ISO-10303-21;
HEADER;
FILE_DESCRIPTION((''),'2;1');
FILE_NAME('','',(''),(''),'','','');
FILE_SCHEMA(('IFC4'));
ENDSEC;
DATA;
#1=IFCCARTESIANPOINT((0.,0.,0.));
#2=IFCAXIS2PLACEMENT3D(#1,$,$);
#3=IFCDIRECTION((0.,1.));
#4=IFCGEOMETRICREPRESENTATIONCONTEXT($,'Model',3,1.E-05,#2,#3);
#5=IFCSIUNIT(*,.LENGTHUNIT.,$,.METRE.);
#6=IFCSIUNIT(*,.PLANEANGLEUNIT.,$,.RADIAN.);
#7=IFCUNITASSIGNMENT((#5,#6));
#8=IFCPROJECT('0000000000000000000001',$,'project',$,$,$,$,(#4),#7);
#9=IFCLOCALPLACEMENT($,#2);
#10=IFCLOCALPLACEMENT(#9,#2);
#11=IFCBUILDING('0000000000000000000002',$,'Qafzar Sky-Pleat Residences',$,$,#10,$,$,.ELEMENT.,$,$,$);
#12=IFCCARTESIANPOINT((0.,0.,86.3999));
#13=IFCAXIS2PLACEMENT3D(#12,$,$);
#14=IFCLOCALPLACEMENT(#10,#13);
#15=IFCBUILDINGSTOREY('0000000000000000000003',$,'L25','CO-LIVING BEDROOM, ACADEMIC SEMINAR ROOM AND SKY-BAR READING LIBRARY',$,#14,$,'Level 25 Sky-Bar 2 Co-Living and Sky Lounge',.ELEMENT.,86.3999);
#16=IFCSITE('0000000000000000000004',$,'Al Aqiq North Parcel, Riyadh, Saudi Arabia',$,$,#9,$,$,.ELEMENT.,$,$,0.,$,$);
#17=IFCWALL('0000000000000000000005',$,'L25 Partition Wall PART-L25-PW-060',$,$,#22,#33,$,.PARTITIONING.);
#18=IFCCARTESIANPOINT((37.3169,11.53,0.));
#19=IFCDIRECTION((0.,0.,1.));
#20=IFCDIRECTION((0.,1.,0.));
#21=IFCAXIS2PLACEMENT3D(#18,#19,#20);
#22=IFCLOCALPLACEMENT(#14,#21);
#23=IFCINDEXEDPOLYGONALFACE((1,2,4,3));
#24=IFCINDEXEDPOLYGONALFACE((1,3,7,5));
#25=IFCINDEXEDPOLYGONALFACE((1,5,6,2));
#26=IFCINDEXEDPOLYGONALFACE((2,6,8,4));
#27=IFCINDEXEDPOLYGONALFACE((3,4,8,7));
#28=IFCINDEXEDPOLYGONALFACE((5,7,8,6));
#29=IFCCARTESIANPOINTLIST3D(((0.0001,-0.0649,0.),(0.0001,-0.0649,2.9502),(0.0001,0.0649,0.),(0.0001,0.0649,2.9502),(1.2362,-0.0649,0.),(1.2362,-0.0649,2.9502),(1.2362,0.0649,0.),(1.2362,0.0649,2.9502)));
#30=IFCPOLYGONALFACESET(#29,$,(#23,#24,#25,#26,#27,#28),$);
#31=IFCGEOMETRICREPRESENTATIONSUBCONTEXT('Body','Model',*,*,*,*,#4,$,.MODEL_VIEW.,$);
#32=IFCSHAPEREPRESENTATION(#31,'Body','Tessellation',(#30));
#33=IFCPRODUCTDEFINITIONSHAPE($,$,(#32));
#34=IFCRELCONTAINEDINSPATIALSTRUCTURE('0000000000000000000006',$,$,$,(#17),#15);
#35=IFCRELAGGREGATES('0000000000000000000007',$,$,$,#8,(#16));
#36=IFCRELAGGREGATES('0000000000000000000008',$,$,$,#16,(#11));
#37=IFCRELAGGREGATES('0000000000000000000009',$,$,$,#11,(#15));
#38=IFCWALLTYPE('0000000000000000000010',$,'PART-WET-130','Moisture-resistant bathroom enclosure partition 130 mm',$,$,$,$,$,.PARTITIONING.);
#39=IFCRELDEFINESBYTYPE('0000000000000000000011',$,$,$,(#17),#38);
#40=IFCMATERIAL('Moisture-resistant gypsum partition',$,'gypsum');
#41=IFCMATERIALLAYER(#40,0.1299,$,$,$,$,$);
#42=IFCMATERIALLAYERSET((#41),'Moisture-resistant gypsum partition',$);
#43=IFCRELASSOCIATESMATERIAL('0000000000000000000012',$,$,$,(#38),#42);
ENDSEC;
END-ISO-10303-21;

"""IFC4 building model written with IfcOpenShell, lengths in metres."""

from ifc_helpers import new_model, si_unit, direction, frame, frame_2d, origin, place, context, subcontext, project, spatial, rectangle, extrude, material, layer, layer_set, type_object, element, save


model = new_model("IFC4")

# Units and contexts
model_context = context("Model", 3, precision=1e-05, world=origin(), true_north=direction((0.0, 1.0)))
body_context = subcontext(model_context, "Body", "Model", "MODEL_VIEW")
ifc_project = project(units=[si_unit("LENGTHUNIT", "METRE"), si_unit("PLANEANGLEUNIT", "RADIAN")], contexts=[model_context])

# Site, building, storey
site_placement = place(None, origin())
site = spatial("IfcSite", under=ifc_project, at=site_placement, Name="Al Aqiq North Parcel, Riyadh, Saudi Arabia", CompositionType="ELEMENT", RefElevation=0.0)
building_placement = place(site_placement, origin())
building = spatial("IfcBuilding", under=site, at=building_placement, Name="Qafzar Sky-Pleat Residences", CompositionType="ELEMENT")
storey_placement = place(building_placement, frame((0.0, 0.0, 86.3999)))
storey = spatial("IfcBuildingStorey", under=building, at=storey_placement, Name="L25", Description="CO-LIVING BEDROOM, ACADEMIC SEMINAR ROOM AND SKY-BAR READING LIBRARY", LongName="Level 25 Sky-Bar 2 Co-Living and Sky Lounge", CompositionType="ELEMENT", Elevation=86.3999)

# Shared definitions
ifc_material_1 = material(Name="Moisture-resistant gypsum partition", Category="gypsum")
ifc_layer_1 = layer(ifc_material_1, 0.1299)
ifc_layer_set_1 = layer_set([ifc_layer_1], Name="Moisture-resistant gypsum partition")
wall_type_1 = type_object("IfcWallType", Name="PART-WET-130", Description="Moisture-resistant bathroom enclosure partition 130 mm", PredefinedType="PARTITIONING", material=ifc_layer_set_1)

# Wall
wall_1_placement = place(storey_placement, frame((37.3169, 11.53, 0.0), z_axis=(0.0, 0.0, 1.0), x_axis=(0.0, 1.0, 0.0)))
element("IfcWall", 1, at=wall_1_placement, inside=storey, type_object=wall_type_1, Name="L25 Partition Wall PART-L25-PW-060", PredefinedType="PARTITIONING", context=body_context, shape_type="SweptSolid", body=[
    extrude(rectangle(XDim=1.2361, YDim=0.1299, at=frame_2d((0.6182, 0.0))), origin(), (0.0, 0.0, 1.0), 2.9502),
])

save(model, "model.ifc")
